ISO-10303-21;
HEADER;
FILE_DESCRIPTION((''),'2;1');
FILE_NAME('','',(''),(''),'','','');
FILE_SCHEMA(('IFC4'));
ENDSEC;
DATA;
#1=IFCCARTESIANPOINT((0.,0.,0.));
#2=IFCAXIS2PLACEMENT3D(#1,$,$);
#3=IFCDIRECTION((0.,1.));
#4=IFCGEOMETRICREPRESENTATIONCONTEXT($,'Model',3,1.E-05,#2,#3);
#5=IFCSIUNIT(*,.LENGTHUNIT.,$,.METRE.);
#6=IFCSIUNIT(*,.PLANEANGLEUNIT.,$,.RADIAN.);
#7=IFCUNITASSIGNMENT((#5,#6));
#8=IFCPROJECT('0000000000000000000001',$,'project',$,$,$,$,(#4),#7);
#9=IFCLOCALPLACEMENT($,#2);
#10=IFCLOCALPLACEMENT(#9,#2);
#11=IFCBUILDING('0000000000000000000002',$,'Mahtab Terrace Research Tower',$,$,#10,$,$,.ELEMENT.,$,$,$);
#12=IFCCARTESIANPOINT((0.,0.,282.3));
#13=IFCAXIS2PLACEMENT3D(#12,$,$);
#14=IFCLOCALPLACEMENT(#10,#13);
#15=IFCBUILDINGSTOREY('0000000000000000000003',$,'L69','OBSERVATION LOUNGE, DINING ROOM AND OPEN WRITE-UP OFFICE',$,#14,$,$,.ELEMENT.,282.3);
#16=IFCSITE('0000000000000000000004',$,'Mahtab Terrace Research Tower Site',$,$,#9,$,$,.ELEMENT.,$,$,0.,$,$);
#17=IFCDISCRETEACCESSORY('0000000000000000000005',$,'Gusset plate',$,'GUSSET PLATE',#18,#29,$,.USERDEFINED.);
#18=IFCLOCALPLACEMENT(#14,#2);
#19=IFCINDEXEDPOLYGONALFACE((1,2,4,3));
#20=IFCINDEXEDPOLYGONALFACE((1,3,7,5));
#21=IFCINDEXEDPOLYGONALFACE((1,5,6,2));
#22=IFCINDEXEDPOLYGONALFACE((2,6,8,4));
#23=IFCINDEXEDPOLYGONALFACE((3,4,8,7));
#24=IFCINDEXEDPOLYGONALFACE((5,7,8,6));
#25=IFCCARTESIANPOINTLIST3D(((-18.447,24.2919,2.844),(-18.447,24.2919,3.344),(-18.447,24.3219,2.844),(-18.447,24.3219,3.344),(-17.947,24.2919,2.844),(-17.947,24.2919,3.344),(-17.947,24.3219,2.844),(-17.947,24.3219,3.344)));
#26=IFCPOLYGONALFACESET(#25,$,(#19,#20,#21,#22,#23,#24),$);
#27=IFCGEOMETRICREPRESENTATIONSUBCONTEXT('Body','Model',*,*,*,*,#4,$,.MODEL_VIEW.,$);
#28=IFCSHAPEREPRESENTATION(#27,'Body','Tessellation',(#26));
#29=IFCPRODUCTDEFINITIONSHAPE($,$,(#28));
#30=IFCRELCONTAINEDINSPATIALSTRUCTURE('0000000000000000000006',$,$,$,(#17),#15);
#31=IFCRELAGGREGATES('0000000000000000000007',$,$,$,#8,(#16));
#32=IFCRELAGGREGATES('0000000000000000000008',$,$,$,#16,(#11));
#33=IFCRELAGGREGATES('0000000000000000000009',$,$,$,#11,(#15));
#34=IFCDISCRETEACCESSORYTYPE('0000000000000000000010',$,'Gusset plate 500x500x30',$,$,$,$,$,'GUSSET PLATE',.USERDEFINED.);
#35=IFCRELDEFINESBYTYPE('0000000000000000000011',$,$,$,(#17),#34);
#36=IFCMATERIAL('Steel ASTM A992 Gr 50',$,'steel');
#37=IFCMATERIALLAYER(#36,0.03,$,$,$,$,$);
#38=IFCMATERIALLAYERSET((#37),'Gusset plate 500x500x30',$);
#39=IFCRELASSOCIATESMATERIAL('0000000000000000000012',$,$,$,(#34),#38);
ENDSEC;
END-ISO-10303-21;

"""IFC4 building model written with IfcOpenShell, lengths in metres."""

from ifc_helpers import new_model, si_unit, direction, frame, origin, origin_2d, place, context, subcontext, project, spatial, rectangle, extrude, material, layer, layer_set, type_object, element, save


model = new_model("IFC4")

# Units and contexts
model_context = context("Model", 3, precision=1e-05, world=origin(), true_north=direction((0.0, 1.0)))
body_context = subcontext(model_context, "Body", "Model", "MODEL_VIEW")
ifc_project = project(units=[si_unit("LENGTHUNIT", "METRE"), si_unit("PLANEANGLEUNIT", "RADIAN")], contexts=[model_context])

# Site, building, storey
site_placement = place(None, origin())
site = spatial("IfcSite", under=ifc_project, at=site_placement, Name="Mahtab Terrace Research Tower Site", CompositionType="ELEMENT", RefElevation=0.0)
building_placement = place(site_placement, origin())
building = spatial("IfcBuilding", under=site, at=building_placement, Name="Mahtab Terrace Research Tower", CompositionType="ELEMENT")
storey_placement = place(building_placement, frame((0.0, 0.0, 282.3)))
storey = spatial("IfcBuildingStorey", under=building, at=storey_placement, Name="L69", Description="OBSERVATION LOUNGE, DINING ROOM AND OPEN WRITE-UP OFFICE", CompositionType="ELEMENT", Elevation=282.3)

# Shared definitions
ifc_material_1 = material(Name="Steel ASTM A992 Gr 50", Category="steel")

# Discrete accessory
ifc_layer_1 = layer(ifc_material_1, 0.03)
ifc_layer_set_1 = layer_set([ifc_layer_1], Name="Gusset plate 500x500x30")
discrete_accessory_type = type_object("IfcDiscreteAccessoryType", Name="Gusset plate 500x500x30", ElementType="GUSSET PLATE", PredefinedType="USERDEFINED", material=ifc_layer_set_1)
discrete_accessory_placement = place(storey_placement, frame((-18.197, 24.3069, 2.844), z_axis=(0.0, 0.0, 1.0), x_axis=(1.0, 0.0, 0.0)))
element("IfcDiscreteAccessory", 1, at=discrete_accessory_placement, inside=storey, type_object=discrete_accessory_type, Name="Gusset plate", ObjectType="GUSSET PLATE", PredefinedType="USERDEFINED", context=body_context, shape_type="SweptSolid", body=[
    extrude(rectangle(XDim=0.5, YDim=0.03, at=origin_2d()), origin(), (0.0, 0.0, 1.0), 0.5),
])

save(model, "model.ifc")
